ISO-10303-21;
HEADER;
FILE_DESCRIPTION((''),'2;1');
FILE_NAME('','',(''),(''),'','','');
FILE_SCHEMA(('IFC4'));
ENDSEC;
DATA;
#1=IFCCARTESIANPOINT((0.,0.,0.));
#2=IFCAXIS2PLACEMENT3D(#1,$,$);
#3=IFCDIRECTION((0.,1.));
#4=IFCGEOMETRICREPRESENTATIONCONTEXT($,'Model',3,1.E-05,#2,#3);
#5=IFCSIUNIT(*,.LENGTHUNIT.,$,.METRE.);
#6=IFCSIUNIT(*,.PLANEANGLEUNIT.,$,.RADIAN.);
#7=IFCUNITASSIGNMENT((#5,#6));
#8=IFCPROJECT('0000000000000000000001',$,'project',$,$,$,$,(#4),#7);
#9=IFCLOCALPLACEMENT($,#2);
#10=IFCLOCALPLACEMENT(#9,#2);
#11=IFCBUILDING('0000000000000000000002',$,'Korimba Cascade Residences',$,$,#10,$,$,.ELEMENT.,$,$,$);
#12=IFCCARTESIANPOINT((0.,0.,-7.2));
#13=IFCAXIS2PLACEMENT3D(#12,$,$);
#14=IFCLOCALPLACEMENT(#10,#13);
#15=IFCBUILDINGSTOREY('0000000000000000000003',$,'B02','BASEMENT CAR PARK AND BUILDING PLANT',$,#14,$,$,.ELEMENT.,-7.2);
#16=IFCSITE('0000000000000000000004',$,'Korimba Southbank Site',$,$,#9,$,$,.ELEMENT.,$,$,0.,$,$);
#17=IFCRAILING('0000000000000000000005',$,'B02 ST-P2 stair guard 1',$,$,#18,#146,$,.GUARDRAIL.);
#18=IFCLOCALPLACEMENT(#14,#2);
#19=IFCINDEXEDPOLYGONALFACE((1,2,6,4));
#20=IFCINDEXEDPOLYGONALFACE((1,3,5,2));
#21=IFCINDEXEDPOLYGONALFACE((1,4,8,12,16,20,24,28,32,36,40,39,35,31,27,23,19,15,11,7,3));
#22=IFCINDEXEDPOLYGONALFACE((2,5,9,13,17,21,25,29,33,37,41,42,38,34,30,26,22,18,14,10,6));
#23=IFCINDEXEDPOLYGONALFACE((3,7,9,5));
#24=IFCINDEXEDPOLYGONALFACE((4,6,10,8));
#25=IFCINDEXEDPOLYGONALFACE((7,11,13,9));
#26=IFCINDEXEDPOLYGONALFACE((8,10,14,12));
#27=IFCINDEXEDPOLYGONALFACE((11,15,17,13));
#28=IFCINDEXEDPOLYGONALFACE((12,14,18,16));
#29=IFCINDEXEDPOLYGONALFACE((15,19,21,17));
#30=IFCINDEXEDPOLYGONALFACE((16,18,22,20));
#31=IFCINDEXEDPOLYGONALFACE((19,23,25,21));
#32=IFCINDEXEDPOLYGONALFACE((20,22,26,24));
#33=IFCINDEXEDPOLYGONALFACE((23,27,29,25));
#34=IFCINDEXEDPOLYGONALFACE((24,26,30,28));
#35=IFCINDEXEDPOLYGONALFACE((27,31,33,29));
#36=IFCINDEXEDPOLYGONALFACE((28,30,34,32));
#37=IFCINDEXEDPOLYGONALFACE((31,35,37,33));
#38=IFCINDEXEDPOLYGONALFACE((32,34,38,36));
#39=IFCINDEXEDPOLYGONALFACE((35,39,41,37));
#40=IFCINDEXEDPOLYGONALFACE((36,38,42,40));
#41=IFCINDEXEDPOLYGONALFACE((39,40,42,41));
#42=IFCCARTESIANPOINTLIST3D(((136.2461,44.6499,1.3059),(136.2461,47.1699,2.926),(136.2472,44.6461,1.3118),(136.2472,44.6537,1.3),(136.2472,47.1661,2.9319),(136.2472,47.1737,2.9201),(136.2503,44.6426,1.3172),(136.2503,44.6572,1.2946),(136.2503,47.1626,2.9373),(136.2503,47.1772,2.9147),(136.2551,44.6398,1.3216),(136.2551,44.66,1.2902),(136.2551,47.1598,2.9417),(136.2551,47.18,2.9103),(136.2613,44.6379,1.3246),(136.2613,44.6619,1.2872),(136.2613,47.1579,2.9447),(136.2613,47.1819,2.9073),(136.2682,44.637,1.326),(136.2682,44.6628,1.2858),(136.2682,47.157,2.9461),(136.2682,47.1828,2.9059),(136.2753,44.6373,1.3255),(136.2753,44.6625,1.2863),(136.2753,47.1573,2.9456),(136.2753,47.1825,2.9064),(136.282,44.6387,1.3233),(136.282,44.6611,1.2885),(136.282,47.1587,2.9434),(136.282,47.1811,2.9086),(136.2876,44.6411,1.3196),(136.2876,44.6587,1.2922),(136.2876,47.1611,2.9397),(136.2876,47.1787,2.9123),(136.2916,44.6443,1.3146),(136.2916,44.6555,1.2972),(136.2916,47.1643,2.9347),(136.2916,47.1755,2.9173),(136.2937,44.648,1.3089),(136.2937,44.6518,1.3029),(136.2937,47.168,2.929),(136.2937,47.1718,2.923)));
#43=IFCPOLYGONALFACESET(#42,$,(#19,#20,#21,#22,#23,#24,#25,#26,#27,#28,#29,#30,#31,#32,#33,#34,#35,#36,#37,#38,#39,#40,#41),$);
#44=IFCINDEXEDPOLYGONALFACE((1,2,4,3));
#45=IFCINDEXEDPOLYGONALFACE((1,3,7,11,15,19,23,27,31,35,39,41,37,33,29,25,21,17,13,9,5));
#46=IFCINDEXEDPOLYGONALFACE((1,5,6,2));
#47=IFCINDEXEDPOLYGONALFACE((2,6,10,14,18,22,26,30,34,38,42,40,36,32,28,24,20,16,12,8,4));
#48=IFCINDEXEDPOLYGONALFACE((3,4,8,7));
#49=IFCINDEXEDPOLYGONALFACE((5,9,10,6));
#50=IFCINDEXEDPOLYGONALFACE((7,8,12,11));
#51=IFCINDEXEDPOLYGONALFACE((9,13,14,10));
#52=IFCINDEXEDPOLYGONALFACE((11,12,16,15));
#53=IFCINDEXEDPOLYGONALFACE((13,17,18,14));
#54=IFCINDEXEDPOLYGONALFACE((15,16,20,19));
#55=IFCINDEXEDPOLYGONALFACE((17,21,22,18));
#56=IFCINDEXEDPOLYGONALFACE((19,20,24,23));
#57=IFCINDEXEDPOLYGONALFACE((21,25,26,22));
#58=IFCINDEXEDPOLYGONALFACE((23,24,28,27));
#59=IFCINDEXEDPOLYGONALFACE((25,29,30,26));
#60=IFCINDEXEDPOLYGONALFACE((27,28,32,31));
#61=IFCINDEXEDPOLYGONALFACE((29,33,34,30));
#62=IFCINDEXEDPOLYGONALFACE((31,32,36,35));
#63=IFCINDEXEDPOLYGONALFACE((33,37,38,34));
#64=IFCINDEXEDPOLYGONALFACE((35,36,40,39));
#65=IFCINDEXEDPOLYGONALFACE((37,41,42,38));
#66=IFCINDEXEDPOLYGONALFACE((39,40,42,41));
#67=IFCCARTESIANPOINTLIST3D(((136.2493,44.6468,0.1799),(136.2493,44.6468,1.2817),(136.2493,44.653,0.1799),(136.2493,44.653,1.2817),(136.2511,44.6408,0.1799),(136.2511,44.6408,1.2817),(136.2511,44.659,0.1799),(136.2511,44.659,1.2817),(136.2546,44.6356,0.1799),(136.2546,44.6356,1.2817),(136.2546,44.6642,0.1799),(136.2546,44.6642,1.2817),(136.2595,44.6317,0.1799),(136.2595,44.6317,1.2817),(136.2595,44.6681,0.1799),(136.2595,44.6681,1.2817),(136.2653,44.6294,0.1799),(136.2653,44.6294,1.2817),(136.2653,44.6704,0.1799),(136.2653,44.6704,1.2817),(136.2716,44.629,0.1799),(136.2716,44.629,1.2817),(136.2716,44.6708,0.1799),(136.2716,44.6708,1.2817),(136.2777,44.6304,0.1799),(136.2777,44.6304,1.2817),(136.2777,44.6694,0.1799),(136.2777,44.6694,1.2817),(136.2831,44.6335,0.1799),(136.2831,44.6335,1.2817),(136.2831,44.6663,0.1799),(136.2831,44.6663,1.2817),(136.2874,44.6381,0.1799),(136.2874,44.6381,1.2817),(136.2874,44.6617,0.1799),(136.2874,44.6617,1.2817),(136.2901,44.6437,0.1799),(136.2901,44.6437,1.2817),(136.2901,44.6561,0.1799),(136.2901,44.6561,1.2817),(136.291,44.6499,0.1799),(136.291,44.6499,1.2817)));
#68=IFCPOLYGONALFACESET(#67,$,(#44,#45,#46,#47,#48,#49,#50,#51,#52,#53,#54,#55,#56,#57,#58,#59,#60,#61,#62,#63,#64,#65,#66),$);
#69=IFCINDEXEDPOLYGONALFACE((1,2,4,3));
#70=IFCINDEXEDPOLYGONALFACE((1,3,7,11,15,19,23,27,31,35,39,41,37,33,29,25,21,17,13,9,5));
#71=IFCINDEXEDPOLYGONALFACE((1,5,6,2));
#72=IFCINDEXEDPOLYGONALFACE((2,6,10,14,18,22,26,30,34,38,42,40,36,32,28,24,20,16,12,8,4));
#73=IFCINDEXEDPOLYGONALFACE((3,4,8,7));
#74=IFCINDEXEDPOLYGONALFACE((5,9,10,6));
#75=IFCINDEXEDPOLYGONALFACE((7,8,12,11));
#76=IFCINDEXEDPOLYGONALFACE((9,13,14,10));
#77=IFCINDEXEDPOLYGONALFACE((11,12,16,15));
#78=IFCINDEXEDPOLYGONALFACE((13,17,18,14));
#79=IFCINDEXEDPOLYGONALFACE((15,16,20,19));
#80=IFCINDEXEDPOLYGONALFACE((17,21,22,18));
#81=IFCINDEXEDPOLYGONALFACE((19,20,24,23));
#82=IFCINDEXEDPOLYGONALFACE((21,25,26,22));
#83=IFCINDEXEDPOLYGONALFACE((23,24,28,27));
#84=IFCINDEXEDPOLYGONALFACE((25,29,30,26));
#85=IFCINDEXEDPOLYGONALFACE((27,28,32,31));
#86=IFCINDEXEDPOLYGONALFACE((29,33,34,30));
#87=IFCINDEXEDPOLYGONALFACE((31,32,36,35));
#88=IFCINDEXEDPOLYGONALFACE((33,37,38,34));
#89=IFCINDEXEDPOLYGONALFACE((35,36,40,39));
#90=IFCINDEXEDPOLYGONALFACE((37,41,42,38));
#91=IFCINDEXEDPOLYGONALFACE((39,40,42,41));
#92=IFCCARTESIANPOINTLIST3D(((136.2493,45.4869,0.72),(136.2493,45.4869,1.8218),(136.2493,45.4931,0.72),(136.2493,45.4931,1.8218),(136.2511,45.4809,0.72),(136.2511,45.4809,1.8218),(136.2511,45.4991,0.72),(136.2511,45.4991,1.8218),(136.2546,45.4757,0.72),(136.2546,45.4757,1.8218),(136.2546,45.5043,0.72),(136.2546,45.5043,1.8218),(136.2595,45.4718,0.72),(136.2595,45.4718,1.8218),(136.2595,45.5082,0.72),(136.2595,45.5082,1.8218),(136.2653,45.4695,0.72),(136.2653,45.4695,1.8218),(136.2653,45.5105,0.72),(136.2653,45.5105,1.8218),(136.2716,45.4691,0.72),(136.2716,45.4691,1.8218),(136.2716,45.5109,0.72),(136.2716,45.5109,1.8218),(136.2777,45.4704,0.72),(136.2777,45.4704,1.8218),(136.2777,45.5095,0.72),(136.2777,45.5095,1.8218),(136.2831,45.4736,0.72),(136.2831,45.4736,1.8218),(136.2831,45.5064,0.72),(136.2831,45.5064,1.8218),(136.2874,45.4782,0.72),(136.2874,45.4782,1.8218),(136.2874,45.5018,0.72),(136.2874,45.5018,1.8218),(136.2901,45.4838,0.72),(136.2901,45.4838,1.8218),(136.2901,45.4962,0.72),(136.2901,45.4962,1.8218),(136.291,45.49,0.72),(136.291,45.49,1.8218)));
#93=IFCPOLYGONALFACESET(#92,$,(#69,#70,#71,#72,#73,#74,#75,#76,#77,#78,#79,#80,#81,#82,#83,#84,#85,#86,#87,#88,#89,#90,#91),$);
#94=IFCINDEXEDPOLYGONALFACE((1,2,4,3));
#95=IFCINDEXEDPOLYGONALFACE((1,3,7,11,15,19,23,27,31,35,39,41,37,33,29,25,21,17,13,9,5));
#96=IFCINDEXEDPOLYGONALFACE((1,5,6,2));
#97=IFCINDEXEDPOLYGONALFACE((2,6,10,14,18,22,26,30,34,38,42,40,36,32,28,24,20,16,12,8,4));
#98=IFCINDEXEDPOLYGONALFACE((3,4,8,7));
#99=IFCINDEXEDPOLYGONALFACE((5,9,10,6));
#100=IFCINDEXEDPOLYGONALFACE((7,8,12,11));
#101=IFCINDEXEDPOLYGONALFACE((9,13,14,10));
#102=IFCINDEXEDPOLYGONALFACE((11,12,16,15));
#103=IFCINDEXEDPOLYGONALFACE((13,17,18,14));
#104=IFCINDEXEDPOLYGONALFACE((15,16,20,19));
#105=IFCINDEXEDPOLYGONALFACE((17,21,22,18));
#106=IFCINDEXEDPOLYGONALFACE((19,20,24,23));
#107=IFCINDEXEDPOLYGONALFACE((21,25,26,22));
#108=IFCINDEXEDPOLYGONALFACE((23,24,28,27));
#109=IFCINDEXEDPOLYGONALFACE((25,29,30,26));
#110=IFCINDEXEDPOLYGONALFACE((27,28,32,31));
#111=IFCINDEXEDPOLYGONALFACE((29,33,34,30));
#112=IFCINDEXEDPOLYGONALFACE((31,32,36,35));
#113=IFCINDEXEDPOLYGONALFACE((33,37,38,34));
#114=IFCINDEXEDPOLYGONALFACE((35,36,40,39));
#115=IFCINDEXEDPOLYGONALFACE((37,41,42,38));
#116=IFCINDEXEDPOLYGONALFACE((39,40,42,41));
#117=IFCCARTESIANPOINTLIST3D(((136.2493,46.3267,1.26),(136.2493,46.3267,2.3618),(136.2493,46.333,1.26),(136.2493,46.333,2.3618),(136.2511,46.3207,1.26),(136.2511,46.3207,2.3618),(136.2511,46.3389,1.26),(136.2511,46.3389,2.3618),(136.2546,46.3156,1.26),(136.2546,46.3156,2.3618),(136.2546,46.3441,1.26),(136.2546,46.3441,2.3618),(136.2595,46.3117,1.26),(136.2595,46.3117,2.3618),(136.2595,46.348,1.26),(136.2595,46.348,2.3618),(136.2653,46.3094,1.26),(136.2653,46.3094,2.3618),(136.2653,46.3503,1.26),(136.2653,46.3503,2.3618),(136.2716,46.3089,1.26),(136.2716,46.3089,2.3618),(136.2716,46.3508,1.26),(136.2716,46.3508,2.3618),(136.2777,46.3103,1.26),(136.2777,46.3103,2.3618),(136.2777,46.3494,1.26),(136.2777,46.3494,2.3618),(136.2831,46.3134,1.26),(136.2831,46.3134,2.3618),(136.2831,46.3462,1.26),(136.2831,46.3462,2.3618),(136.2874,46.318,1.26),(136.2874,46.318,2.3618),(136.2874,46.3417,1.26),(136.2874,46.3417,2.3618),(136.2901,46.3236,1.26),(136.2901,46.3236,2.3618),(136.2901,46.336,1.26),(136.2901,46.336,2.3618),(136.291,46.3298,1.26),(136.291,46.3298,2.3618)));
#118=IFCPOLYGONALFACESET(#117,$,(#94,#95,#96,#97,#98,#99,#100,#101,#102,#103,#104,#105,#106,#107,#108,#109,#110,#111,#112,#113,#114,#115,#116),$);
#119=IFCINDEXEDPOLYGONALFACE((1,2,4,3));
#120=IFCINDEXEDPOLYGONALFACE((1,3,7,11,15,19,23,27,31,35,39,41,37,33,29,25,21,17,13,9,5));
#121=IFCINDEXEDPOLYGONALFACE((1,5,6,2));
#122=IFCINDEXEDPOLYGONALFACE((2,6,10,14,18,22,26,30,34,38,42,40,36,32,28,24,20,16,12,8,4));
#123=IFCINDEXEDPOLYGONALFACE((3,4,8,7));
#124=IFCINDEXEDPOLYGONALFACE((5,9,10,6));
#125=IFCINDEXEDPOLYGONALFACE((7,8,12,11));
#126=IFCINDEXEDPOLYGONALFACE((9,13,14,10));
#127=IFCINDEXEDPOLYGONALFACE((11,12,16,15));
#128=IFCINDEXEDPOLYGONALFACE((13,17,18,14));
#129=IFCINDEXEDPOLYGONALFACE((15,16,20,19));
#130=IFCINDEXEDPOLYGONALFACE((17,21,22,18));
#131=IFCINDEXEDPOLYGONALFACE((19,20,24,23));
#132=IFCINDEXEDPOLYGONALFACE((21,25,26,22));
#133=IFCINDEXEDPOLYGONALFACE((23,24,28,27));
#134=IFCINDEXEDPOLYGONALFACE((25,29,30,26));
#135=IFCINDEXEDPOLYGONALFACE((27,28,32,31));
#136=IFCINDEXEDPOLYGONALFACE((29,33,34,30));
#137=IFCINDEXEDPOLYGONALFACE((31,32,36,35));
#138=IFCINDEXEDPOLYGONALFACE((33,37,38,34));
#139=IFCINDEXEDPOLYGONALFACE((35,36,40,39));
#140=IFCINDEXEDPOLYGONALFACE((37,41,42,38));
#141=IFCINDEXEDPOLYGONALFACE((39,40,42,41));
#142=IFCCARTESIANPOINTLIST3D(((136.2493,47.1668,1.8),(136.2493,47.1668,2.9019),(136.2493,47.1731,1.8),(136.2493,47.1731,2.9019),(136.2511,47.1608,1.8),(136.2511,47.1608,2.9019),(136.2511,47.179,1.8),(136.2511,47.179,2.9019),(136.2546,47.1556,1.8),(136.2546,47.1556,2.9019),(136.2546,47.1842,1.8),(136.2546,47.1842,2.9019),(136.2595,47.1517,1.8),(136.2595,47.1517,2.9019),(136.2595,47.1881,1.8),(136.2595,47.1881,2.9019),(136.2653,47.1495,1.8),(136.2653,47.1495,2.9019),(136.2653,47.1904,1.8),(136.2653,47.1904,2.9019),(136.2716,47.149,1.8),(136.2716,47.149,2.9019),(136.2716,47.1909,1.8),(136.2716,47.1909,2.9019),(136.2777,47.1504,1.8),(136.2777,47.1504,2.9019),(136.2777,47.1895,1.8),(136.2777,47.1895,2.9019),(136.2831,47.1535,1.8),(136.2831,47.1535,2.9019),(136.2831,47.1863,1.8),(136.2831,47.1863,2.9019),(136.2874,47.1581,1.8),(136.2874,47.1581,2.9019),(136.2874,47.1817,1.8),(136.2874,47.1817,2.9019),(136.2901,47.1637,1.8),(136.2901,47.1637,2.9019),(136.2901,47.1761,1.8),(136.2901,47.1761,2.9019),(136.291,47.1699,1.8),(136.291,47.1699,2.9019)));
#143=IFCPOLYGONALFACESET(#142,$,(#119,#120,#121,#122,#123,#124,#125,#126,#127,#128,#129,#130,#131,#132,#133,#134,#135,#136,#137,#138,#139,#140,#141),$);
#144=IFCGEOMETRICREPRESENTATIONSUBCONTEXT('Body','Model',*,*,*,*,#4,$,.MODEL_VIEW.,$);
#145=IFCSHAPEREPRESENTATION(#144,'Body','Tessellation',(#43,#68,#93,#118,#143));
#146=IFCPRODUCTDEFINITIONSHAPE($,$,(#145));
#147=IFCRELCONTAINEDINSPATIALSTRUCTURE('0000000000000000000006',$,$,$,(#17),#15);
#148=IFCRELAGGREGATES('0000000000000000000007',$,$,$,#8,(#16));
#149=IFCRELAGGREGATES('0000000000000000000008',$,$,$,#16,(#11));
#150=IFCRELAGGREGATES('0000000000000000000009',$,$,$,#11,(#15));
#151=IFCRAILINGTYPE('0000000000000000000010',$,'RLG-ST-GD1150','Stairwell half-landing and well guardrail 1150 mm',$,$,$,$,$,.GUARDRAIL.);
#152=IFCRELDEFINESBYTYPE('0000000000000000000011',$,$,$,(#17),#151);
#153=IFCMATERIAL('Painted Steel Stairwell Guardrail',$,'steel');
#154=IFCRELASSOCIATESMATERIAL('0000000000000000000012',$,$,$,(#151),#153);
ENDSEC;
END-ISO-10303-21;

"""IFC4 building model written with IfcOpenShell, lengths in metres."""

from ifc_helpers import new_model, si_unit, direction, frame, origin, origin_2d, place, context, subcontext, project, spatial, circle, extrude, material, type_object, element, save


model = new_model("IFC4")

# Units and contexts
model_context = context("Model", 3, precision=1e-05, world=origin(), true_north=direction((0.0, 1.0)))
body_context = subcontext(model_context, "Body", "Model", "MODEL_VIEW")
ifc_project = project(units=[si_unit("LENGTHUNIT", "METRE"), si_unit("PLANEANGLEUNIT", "RADIAN")], contexts=[model_context])

# Site, building, storey
site_placement = place(None, origin())
site = spatial("IfcSite", under=ifc_project, at=site_placement, Name="Korimba Southbank Site", CompositionType="ELEMENT", RefElevation=0.0)
building_placement = place(site_placement, origin())
building = spatial("IfcBuilding", under=site, at=building_placement, Name="Korimba Cascade Residences", CompositionType="ELEMENT")
storey_placement = place(building_placement, frame((0.0, 0.0, -7.2)))
storey = spatial("IfcBuildingStorey", under=building, at=storey_placement, Name="B02", Description="BASEMENT CAR PARK AND BUILDING PLANT", CompositionType="ELEMENT", Elevation=-7.2)

# Railing
ifc_material_1 = material(Name="Painted Steel Stairwell Guardrail", Category="steel")
railing_type_1 = type_object("IfcRailingType", Name="RLG-ST-GD1150", Description="Stairwell half-landing and well guardrail 1150 mm", PredefinedType="GUARDRAIL", material=ifc_material_1)
railing_1_placement = place(storey_placement, frame((136.27, 44.6499, 0.1799)))
element("IfcRailing", 1, at=railing_1_placement, inside=storey, type_object=railing_type_1, Name="B02 ST-P2 stair guard 1", PredefinedType="GUARDRAIL", context=body_context, shape_type="SweptSolid", body=[
    extrude(circle(Radius=0.0239, at=origin_2d()), frame((0.0, 0.0, 1.126), z_axis=(0.0, 0.841163, 0.540782), x_axis=(-1.0, 0.0, 0.0)), (0.0, 0.0, 1.0), 2.9958),
    extrude(circle(Radius=0.021, at=origin_2d()), origin(), (0.0, 0.0, 1.0), 1.1018),
    extrude(circle(Radius=0.021, at=origin_2d()), frame((0.0, 0.8401, 0.54)), (0.0, 0.0, 1.0), 1.1018),
    extrude(circle(Radius=0.021, at=origin_2d()), frame((0.0, 1.6799, 1.0801)), (0.0, 0.0, 1.0), 1.1018),
    extrude(circle(Radius=0.021, at=origin_2d()), frame((0.0, 2.52, 1.6201)), (0.0, 0.0, 1.0), 1.1018),
])

save(model, "model.ifc")
